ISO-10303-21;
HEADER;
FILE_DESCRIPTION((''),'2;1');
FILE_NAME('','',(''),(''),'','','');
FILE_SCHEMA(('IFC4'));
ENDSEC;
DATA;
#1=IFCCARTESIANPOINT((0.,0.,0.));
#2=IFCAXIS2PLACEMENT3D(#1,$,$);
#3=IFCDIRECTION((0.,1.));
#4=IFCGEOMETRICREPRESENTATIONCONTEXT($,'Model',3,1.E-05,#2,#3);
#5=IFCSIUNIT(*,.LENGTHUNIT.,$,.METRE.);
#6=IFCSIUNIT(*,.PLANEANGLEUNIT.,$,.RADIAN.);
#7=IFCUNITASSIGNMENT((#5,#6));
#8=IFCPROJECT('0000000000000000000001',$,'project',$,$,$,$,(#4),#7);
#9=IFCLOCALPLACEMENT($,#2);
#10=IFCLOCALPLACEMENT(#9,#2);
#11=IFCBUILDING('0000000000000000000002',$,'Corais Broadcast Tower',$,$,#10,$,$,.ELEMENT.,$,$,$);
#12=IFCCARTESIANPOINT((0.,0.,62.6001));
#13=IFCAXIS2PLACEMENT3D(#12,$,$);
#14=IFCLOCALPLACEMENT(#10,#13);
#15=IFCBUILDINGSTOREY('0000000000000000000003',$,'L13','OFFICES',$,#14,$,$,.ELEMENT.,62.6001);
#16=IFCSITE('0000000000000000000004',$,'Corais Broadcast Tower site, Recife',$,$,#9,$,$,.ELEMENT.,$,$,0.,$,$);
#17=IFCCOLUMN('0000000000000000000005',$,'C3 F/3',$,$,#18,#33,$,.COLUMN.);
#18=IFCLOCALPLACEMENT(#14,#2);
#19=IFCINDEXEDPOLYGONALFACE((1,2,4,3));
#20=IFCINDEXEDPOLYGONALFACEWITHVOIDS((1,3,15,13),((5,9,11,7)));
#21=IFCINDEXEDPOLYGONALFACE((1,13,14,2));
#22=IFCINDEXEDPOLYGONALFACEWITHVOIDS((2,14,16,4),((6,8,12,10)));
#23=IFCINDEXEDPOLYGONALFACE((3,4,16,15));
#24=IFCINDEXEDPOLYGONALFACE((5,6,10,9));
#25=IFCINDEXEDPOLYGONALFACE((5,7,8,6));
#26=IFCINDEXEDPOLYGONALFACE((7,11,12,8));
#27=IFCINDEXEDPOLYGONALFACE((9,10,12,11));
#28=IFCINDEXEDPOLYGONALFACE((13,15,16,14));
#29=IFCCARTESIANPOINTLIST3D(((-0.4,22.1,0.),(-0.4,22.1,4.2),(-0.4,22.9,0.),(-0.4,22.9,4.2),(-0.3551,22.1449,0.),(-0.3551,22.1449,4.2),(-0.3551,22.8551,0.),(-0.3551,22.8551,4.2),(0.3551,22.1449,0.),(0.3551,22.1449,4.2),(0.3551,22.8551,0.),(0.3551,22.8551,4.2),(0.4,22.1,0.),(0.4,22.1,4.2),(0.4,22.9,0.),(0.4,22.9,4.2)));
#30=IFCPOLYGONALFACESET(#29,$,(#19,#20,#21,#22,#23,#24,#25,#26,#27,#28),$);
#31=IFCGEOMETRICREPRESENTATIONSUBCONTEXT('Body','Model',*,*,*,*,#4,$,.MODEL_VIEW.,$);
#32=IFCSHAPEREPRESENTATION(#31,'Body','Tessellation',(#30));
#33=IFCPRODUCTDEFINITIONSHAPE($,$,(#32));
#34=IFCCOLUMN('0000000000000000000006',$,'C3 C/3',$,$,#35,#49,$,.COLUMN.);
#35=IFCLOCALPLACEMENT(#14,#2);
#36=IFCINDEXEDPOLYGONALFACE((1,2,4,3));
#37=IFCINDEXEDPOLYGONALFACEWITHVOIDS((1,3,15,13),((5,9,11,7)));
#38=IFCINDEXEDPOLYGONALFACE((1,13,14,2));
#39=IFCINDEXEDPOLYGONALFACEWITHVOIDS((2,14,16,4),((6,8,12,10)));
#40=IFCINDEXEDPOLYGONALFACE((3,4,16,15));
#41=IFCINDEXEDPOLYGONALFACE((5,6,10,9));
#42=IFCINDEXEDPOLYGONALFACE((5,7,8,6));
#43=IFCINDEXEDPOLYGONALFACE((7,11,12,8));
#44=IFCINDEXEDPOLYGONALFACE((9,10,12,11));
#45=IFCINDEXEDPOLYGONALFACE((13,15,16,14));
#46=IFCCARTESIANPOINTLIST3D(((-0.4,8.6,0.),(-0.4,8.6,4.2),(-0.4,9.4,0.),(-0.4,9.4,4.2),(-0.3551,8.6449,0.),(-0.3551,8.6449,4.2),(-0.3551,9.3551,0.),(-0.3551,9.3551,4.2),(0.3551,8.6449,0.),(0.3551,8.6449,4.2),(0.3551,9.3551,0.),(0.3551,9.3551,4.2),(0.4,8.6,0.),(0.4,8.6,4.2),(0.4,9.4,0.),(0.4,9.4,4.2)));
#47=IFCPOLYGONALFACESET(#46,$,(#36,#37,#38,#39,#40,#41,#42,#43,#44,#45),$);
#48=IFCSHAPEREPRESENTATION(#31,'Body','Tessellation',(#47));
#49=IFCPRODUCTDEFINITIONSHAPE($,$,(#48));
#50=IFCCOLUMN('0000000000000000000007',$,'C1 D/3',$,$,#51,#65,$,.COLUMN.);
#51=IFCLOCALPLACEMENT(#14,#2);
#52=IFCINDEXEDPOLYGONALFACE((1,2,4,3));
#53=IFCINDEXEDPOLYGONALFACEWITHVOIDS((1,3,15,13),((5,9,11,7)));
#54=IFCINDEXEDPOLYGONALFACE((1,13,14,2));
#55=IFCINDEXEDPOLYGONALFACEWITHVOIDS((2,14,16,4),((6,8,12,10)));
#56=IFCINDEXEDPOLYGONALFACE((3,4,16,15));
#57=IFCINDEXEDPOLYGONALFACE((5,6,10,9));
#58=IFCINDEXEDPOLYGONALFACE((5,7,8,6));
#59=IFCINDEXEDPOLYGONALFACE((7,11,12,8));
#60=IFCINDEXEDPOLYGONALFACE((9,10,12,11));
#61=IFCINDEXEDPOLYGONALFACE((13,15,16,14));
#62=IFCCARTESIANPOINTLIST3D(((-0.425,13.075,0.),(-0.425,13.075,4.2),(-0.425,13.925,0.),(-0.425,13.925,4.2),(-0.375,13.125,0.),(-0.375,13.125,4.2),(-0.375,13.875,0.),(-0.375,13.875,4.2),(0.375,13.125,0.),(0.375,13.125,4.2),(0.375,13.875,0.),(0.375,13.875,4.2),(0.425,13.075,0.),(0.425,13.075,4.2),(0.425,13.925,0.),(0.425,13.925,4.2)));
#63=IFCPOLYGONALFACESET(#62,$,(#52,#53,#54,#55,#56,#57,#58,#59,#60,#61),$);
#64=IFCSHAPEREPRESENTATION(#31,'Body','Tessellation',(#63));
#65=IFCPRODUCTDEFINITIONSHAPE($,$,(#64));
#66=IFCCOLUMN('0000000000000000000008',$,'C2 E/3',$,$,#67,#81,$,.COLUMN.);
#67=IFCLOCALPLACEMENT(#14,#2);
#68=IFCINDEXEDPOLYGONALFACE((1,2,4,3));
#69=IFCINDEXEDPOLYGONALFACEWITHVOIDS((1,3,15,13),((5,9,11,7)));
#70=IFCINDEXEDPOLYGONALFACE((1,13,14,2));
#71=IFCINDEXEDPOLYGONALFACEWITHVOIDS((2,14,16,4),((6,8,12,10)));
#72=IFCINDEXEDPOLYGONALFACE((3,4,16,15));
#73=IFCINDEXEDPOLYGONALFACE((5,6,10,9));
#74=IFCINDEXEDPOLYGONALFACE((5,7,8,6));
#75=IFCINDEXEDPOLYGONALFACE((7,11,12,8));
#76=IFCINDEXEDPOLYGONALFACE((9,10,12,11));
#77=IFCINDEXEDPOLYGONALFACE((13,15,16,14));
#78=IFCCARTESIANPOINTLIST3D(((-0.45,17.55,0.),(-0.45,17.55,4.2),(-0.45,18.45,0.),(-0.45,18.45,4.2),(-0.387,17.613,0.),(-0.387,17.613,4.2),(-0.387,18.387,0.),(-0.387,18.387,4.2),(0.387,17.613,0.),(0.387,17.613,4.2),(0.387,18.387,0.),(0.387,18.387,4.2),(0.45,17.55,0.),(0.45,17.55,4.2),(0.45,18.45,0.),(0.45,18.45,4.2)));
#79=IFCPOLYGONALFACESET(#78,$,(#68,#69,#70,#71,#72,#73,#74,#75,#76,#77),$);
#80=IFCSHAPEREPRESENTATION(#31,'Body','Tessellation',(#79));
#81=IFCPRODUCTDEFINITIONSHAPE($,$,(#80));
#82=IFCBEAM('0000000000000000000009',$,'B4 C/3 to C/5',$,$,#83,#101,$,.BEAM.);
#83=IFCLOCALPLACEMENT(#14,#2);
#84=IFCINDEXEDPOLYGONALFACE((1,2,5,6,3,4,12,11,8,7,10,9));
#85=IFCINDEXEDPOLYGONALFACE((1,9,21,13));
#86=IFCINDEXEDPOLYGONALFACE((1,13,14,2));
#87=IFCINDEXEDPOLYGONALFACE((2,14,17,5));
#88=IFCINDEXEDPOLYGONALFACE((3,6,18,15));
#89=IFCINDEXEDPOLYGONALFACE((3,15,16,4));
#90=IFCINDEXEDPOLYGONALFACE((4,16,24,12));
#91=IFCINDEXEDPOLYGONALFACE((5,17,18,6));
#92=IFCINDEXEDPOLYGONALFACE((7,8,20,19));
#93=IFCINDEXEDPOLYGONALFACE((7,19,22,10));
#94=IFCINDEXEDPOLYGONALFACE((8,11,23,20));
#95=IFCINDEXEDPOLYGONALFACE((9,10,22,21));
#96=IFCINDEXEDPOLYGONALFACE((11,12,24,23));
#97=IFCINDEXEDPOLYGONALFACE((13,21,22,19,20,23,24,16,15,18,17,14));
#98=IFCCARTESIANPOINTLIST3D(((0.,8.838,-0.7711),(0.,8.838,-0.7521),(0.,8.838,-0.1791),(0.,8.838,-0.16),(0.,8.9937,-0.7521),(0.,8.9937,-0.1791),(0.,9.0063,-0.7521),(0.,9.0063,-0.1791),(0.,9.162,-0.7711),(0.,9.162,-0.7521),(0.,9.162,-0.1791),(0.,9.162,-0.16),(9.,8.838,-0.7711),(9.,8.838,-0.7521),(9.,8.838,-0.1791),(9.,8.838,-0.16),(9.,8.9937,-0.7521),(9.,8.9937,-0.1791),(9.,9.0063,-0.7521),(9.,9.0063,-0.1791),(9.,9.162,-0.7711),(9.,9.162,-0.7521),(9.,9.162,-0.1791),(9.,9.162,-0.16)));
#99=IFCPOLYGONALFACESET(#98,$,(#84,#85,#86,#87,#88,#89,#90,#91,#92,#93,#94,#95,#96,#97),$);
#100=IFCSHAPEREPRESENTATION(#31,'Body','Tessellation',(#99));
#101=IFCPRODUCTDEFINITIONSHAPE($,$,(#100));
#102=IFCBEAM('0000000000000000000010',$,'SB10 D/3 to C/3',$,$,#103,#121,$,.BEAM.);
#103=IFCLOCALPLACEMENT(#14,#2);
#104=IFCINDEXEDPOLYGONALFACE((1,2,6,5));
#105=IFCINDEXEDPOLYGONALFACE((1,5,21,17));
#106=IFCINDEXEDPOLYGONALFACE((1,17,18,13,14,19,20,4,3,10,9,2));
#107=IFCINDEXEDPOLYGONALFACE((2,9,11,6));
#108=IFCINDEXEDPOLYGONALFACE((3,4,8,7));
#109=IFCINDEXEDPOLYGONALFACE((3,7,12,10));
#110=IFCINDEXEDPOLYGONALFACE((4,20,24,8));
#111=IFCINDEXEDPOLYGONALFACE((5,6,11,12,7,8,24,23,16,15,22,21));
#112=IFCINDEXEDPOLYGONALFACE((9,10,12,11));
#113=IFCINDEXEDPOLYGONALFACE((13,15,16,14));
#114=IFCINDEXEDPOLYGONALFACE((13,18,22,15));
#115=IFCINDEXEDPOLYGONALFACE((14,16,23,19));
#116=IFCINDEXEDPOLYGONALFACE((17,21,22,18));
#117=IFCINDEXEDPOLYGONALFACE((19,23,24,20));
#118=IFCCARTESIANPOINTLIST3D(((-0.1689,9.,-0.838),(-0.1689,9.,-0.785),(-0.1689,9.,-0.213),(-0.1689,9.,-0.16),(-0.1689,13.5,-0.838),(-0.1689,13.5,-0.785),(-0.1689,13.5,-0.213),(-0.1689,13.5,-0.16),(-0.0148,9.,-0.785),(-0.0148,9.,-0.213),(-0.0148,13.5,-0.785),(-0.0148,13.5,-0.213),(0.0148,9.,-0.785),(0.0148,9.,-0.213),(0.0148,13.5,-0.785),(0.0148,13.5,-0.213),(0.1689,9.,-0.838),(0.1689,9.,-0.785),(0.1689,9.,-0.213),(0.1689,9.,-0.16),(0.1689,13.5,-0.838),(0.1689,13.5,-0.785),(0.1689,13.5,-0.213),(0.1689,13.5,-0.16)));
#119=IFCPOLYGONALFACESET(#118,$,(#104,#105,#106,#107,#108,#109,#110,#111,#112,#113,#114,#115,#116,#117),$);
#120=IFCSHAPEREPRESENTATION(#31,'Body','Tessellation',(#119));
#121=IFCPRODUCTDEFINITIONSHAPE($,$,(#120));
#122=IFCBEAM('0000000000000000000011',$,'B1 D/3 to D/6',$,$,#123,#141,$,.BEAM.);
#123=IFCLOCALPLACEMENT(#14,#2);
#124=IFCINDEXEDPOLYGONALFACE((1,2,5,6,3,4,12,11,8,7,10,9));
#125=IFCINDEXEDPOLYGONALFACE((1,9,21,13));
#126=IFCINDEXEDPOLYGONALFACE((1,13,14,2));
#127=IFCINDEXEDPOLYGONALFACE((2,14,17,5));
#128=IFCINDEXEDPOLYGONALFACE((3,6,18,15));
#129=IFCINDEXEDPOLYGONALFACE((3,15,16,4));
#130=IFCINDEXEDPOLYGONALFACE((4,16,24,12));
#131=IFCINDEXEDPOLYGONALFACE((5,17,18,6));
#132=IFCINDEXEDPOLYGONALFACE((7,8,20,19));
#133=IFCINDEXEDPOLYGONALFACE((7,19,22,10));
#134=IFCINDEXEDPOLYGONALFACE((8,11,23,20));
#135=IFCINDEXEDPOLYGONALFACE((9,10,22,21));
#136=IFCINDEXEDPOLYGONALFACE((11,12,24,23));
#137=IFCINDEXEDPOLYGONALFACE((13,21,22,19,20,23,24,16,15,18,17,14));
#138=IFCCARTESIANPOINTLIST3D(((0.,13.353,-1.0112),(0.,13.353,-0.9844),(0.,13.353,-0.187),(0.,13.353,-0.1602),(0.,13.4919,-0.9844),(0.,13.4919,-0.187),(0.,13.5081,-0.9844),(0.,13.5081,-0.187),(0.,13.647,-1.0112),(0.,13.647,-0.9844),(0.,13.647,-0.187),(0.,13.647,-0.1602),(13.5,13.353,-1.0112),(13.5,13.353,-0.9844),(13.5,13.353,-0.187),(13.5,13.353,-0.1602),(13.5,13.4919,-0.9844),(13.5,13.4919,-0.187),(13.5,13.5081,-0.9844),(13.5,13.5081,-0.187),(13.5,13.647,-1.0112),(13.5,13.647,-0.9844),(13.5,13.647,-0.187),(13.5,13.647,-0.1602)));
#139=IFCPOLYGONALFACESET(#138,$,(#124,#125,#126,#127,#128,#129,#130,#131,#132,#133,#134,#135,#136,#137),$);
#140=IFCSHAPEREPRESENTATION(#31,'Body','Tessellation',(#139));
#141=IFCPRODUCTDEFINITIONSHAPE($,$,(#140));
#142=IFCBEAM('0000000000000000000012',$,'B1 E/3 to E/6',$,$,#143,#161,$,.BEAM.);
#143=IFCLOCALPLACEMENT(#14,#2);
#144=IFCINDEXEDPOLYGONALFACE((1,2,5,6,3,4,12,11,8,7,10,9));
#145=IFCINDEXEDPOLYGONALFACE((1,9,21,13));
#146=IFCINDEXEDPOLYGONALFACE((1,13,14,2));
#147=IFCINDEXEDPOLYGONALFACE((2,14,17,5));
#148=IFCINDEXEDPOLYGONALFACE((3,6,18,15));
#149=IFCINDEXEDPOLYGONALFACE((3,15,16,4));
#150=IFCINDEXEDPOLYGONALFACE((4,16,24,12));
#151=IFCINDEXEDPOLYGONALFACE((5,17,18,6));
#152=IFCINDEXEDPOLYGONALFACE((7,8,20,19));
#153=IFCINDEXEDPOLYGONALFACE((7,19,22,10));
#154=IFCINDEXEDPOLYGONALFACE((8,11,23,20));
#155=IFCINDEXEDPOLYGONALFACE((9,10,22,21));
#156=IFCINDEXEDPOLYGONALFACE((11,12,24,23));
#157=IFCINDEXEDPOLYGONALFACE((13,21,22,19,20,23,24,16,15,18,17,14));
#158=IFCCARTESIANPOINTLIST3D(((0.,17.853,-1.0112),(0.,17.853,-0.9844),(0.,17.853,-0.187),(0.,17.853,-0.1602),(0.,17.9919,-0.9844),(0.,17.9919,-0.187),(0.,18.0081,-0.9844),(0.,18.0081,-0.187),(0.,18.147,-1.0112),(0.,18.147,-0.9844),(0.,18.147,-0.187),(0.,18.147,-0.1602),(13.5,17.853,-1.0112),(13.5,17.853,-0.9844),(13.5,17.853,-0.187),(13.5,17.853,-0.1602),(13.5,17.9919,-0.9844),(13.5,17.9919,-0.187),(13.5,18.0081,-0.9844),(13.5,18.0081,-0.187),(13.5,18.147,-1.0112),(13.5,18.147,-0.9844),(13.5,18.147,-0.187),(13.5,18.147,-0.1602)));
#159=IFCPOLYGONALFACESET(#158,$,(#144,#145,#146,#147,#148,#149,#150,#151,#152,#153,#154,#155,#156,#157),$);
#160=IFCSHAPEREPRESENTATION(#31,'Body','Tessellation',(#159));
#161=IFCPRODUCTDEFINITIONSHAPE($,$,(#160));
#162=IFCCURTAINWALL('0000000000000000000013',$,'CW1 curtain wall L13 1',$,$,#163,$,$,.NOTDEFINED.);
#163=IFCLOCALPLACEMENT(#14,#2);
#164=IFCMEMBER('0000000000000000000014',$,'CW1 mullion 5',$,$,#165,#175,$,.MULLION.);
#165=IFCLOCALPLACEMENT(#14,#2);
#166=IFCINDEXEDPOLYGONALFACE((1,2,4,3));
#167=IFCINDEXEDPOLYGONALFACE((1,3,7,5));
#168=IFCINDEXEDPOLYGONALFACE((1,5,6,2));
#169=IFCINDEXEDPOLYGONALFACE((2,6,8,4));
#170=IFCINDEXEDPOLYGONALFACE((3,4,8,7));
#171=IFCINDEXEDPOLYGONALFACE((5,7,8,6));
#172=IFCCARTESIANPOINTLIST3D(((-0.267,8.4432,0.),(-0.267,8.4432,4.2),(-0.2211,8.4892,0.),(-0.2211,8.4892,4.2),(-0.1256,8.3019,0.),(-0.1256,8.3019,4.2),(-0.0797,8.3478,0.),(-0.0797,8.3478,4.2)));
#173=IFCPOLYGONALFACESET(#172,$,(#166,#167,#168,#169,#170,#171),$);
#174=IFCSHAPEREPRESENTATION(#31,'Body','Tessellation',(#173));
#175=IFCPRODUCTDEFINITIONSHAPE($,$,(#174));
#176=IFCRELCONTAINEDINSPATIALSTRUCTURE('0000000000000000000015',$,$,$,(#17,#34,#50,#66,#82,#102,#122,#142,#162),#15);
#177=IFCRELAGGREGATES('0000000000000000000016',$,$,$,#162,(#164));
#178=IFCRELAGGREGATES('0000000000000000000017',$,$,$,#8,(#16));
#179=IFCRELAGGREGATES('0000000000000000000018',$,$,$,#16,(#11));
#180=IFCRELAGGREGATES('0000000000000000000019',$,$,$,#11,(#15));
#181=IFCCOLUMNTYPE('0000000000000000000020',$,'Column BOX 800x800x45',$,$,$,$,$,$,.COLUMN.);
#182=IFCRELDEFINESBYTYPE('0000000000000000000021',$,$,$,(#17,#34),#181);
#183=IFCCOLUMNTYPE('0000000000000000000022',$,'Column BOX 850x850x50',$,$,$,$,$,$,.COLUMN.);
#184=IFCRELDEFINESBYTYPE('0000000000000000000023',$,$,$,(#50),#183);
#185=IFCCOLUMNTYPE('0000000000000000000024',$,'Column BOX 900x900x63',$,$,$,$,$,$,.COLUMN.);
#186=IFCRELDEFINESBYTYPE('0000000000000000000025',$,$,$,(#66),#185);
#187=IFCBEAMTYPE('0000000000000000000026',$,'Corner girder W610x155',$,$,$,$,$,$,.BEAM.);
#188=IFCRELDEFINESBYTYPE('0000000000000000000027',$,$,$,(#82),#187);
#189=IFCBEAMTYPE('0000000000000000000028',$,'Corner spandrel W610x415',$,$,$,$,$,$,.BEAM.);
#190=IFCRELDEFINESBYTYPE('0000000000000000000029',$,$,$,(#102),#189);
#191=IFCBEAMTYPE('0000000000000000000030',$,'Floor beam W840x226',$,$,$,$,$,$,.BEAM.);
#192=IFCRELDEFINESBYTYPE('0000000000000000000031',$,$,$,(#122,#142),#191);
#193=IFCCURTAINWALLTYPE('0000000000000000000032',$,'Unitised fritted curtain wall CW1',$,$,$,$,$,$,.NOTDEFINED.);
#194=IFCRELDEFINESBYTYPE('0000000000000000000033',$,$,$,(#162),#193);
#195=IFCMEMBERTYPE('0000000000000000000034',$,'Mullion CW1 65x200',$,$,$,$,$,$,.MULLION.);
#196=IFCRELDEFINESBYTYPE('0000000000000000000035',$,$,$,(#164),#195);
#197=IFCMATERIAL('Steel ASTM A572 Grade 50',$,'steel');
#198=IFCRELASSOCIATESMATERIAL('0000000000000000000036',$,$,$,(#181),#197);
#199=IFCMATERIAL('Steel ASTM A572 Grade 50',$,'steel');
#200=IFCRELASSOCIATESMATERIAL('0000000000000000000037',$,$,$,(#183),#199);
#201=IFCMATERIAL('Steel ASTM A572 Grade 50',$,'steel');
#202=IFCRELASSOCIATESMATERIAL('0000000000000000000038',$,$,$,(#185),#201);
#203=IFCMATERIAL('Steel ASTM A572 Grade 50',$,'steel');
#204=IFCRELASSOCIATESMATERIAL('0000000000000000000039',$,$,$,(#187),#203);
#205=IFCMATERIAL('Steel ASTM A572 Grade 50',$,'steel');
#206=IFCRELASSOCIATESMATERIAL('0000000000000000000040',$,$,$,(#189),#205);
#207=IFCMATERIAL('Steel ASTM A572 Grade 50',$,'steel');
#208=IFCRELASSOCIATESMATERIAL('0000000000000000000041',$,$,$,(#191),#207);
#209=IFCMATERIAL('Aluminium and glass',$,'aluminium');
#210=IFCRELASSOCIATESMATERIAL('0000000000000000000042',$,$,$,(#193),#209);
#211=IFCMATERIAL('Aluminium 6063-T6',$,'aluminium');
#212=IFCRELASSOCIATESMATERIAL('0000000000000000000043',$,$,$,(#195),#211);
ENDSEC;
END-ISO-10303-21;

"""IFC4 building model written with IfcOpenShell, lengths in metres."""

from ifc_helpers import new_model, si_unit, direction, frame, origin, origin_2d, place, context, subcontext, project, spatial, rectangle, hollow_rectangle, i_section, extrude, material, material_profile, profile_set, type_object, element, aggregate, save


model = new_model("IFC4")

# Units and contexts
model_context = context("Model", 3, precision=1e-05, world=origin(), true_north=direction((0.0, 1.0)))
body_context = subcontext(model_context, "Body", "Model", "MODEL_VIEW")
ifc_project = project(units=[si_unit("LENGTHUNIT", "METRE"), si_unit("PLANEANGLEUNIT", "RADIAN")], contexts=[model_context])

# Site, building, storey
site_placement = place(None, origin())
site = spatial("IfcSite", under=ifc_project, at=site_placement, Name="Corais Broadcast Tower site, Recife", CompositionType="ELEMENT", RefElevation=0.0)
building_placement = place(site_placement, origin())
building = spatial("IfcBuilding", under=site, at=building_placement, Name="Corais Broadcast Tower", CompositionType="ELEMENT")
storey_placement = place(building_placement, frame((0.0, 0.0, 62.6001)))
storey = spatial("IfcBuildingStorey", under=building, at=storey_placement, Name="L13", Description="OFFICES", CompositionType="ELEMENT", Elevation=62.6001)

# Columns
ifc_material_1 = material(Name="Steel ASTM A572 Grade 50", Category="steel")
ifc_material_profile_1 = material_profile(ifc_material_1, hollow_rectangle(XDim=0.8, YDim=0.8, WallThickness=0.0449, at=origin_2d()), Name="BOX 800x800x45")
ifc_profile_set_1 = profile_set([ifc_material_profile_1], Name="Steel ASTM A572 Grade 50")
column_type_1 = type_object("IfcColumnType", Name="Column BOX 800x800x45", PredefinedType="COLUMN", material=ifc_profile_set_1)
for number, where, z_axis, x_axis, name in (
    (1, (0.0, 22.5, 0.0), (0.0, 0.0, 1.0), (1.0, 0.0, 0.0), "C3 F/3"),
    (2, (0.0, 9.0, 0.0), (0.0, 0.0, 1.0), (1.0, 0.0, 0.0), "C3 C/3"),
):
    element("IfcColumn", number, at=place(storey_placement, frame(where, z_axis=z_axis, x_axis=x_axis)), inside=storey, type_object=column_type_1, Name=name, PredefinedType="COLUMN", context=body_context, shape_type="SweptSolid", body=[
        extrude(hollow_rectangle(XDim=0.8, YDim=0.8, WallThickness=0.0449, at=origin_2d()), origin(), (0.0, 0.0, 1.0), 4.2),
    ])
ifc_material_2 = material(Name="Steel ASTM A572 Grade 50", Category="steel")
ifc_material_profile_2 = material_profile(ifc_material_2, hollow_rectangle(XDim=0.8501, YDim=0.8501, WallThickness=0.05, at=origin_2d()), Name="BOX 850x850x50")
ifc_profile_set_2 = profile_set([ifc_material_profile_2], Name="Steel ASTM A572 Grade 50")
column_type_2 = type_object("IfcColumnType", Name="Column BOX 850x850x50", PredefinedType="COLUMN", material=ifc_profile_set_2)
column_1_placement = place(storey_placement, frame((0.0, 13.5, 0.0), z_axis=(0.0, 0.0, 1.0), x_axis=(1.0, 0.0, 0.0)))
element("IfcColumn", 3, at=column_1_placement, inside=storey, type_object=column_type_2, Name="C1 D/3", PredefinedType="COLUMN", context=body_context, shape_type="SweptSolid", body=[
    extrude(hollow_rectangle(XDim=0.8501, YDim=0.8501, WallThickness=0.05, at=origin_2d()), origin(), (0.0, 0.0, 1.0), 4.2),
])
ifc_material_3 = material(Name="Steel ASTM A572 Grade 50", Category="steel")
ifc_material_profile_3 = material_profile(ifc_material_3, hollow_rectangle(XDim=0.8999, YDim=0.8999, WallThickness=0.063, at=origin_2d()), Name="BOX 900x900x63")
ifc_profile_set_3 = profile_set([ifc_material_profile_3], Name="Steel ASTM A572 Grade 50")
column_type_3 = type_object("IfcColumnType", Name="Column BOX 900x900x63", PredefinedType="COLUMN", material=ifc_profile_set_3)
column_2_placement = place(storey_placement, frame((0.0, 18.0, 0.0), z_axis=(0.0, 0.0, 1.0), x_axis=(1.0, 0.0, 0.0)))
element("IfcColumn", 4, at=column_2_placement, inside=storey, type_object=column_type_3, Name="C2 E/3", PredefinedType="COLUMN", context=body_context, shape_type="SweptSolid", body=[
    extrude(hollow_rectangle(XDim=0.8999, YDim=0.8999, WallThickness=0.063, at=origin_2d()), origin(), (0.0, 0.0, 1.0), 4.2),
])

# Beams
ifc_material_4 = material(Name="Steel ASTM A572 Grade 50", Category="steel")
ifc_material_profile_4 = material_profile(ifc_material_4, i_section(OverallWidth=0.324, OverallDepth=0.6111, WebThickness=0.0127, FlangeThickness=0.019, at=origin_2d()), Name="W610x155")
ifc_profile_set_4 = profile_set([ifc_material_profile_4], Name="Steel ASTM A572 Grade 50")
beam_type_1 = type_object("IfcBeamType", Name="Corner girder W610x155", PredefinedType="BEAM", material=ifc_profile_set_4)
beam_1_placement = place(storey_placement, frame((0.0, 9.0, -0.4656), z_axis=(1.0, 0.0, 0.0), x_axis=(0.0, 1.0, 0.0)))
element("IfcBeam", 5, at=beam_1_placement, inside=storey, type_object=beam_type_1, Name="B4 C/3 to C/5", PredefinedType="BEAM", context=body_context, shape_type="SweptSolid", body=[
    extrude(i_section(OverallWidth=0.324, OverallDepth=0.6111, WebThickness=0.0127, FlangeThickness=0.019, at=origin_2d()), origin(), (0.0, 0.0, 1.0), 9.0),
])
ifc_material_5 = material(Name="Steel ASTM A572 Grade 50", Category="steel")
ifc_material_profile_5 = material_profile(ifc_material_5, i_section(OverallWidth=0.3379, OverallDepth=0.678, WebThickness=0.0295, FlangeThickness=0.053, at=origin_2d()), Name="W610x415")
ifc_profile_set_5 = profile_set([ifc_material_profile_5], Name="Steel ASTM A572 Grade 50")
beam_type_2 = type_object("IfcBeamType", Name="Corner spandrel W610x415", PredefinedType="BEAM", material=ifc_profile_set_5)
beam_2_placement = place(storey_placement, frame((0.0, 13.5, -0.499), z_axis=(0.0, -1.0, 0.0), x_axis=(1.0, 0.0, 0.0)))
element("IfcBeam", 6, at=beam_2_placement, inside=storey, type_object=beam_type_2, Name="SB10 D/3 to C/3", PredefinedType="BEAM", context=body_context, shape_type="SweptSolid", body=[
    extrude(i_section(OverallWidth=0.3379, OverallDepth=0.678, WebThickness=0.0295, FlangeThickness=0.053, at=origin_2d()), origin(), (0.0, 0.0, 1.0), 4.5),
])
ifc_material_6 = material(Name="Steel ASTM A572 Grade 50", Category="steel")
ifc_material_profile_6 = material_profile(ifc_material_6, i_section(OverallWidth=0.2939, OverallDepth=0.8511, WebThickness=0.0161, FlangeThickness=0.0269, at=origin_2d()), Name="W840x226")
ifc_profile_set_6 = profile_set([ifc_material_profile_6], Name="Steel ASTM A572 Grade 50")
beam_type_3 = type_object("IfcBeamType", Name="Floor beam W840x226", PredefinedType="BEAM", material=ifc_profile_set_6)
for number, where, z_axis, x_axis, name in (
    (7, (0.0, 13.5, -0.5857), (1.0, 0.0, 0.0), (0.0, 1.0, 0.0), "B1 D/3 to D/6"),
    (8, (0.0, 18.0, -0.5857), (1.0, 0.0, 0.0), (0.0, 1.0, 0.0), "B1 E/3 to E/6"),
):
    element("IfcBeam", number, at=place(storey_placement, frame(where, z_axis=z_axis, x_axis=x_axis)), inside=storey, type_object=beam_type_3, Name=name, PredefinedType="BEAM", context=body_context, shape_type="SweptSolid", body=[
        extrude(i_section(OverallWidth=0.2939, OverallDepth=0.8511, WebThickness=0.0161, FlangeThickness=0.0269, at=origin_2d()), origin(), (0.0, 0.0, 1.0), 13.5),
    ])

# Curtain wall, member
ifc_material_7 = material(Name="Aluminium and glass", Category="aluminium")
curtain_wall_type = type_object("IfcCurtainWallType", Name="Unitised fritted curtain wall CW1", PredefinedType="NOTDEFINED", material=ifc_material_7)
curtain_wall_1_placement = place(storey_placement, origin())
curtain_wall_1 = element("IfcCurtainWall", 9, at=curtain_wall_1_placement, inside=storey, type_object=curtain_wall_type, Name="CW1 curtain wall L13 1", PredefinedType="NOTDEFINED")
ifc_material_8 = material(Name="Aluminium 6063-T6", Category="aluminium")
ifc_material_profile_7 = material_profile(ifc_material_8, rectangle(XDim=0.0649, YDim=0.2, at=origin_2d()), Name="Mullion CW1 65x200")
ifc_profile_set_7 = profile_set([ifc_material_profile_7], Name="Aluminium 6063-T6")
member_type_1 = type_object("IfcMemberType", Name="Mullion CW1 65x200", PredefinedType="MULLION", material=ifc_profile_set_7)
member_1_placement = place(storey_placement, frame((-0.1733, 8.3955, 0.0), z_axis=(0.0, 0.0, 1.0), x_axis=(-0.707107, -0.707107, 0.0)))
member_1 = element("IfcMember", 10, at=member_1_placement, type_object=member_type_1, Name="CW1 mullion 5", PredefinedType="MULLION", context=body_context, shape_type="SweptSolid", body=[
    extrude(rectangle(XDim=0.0649, YDim=0.2, at=origin_2d()), origin(), (0.0, 0.0, 1.0), 4.2),
])
aggregate(curtain_wall_1, [member_1])

save(model, "model.ifc")
